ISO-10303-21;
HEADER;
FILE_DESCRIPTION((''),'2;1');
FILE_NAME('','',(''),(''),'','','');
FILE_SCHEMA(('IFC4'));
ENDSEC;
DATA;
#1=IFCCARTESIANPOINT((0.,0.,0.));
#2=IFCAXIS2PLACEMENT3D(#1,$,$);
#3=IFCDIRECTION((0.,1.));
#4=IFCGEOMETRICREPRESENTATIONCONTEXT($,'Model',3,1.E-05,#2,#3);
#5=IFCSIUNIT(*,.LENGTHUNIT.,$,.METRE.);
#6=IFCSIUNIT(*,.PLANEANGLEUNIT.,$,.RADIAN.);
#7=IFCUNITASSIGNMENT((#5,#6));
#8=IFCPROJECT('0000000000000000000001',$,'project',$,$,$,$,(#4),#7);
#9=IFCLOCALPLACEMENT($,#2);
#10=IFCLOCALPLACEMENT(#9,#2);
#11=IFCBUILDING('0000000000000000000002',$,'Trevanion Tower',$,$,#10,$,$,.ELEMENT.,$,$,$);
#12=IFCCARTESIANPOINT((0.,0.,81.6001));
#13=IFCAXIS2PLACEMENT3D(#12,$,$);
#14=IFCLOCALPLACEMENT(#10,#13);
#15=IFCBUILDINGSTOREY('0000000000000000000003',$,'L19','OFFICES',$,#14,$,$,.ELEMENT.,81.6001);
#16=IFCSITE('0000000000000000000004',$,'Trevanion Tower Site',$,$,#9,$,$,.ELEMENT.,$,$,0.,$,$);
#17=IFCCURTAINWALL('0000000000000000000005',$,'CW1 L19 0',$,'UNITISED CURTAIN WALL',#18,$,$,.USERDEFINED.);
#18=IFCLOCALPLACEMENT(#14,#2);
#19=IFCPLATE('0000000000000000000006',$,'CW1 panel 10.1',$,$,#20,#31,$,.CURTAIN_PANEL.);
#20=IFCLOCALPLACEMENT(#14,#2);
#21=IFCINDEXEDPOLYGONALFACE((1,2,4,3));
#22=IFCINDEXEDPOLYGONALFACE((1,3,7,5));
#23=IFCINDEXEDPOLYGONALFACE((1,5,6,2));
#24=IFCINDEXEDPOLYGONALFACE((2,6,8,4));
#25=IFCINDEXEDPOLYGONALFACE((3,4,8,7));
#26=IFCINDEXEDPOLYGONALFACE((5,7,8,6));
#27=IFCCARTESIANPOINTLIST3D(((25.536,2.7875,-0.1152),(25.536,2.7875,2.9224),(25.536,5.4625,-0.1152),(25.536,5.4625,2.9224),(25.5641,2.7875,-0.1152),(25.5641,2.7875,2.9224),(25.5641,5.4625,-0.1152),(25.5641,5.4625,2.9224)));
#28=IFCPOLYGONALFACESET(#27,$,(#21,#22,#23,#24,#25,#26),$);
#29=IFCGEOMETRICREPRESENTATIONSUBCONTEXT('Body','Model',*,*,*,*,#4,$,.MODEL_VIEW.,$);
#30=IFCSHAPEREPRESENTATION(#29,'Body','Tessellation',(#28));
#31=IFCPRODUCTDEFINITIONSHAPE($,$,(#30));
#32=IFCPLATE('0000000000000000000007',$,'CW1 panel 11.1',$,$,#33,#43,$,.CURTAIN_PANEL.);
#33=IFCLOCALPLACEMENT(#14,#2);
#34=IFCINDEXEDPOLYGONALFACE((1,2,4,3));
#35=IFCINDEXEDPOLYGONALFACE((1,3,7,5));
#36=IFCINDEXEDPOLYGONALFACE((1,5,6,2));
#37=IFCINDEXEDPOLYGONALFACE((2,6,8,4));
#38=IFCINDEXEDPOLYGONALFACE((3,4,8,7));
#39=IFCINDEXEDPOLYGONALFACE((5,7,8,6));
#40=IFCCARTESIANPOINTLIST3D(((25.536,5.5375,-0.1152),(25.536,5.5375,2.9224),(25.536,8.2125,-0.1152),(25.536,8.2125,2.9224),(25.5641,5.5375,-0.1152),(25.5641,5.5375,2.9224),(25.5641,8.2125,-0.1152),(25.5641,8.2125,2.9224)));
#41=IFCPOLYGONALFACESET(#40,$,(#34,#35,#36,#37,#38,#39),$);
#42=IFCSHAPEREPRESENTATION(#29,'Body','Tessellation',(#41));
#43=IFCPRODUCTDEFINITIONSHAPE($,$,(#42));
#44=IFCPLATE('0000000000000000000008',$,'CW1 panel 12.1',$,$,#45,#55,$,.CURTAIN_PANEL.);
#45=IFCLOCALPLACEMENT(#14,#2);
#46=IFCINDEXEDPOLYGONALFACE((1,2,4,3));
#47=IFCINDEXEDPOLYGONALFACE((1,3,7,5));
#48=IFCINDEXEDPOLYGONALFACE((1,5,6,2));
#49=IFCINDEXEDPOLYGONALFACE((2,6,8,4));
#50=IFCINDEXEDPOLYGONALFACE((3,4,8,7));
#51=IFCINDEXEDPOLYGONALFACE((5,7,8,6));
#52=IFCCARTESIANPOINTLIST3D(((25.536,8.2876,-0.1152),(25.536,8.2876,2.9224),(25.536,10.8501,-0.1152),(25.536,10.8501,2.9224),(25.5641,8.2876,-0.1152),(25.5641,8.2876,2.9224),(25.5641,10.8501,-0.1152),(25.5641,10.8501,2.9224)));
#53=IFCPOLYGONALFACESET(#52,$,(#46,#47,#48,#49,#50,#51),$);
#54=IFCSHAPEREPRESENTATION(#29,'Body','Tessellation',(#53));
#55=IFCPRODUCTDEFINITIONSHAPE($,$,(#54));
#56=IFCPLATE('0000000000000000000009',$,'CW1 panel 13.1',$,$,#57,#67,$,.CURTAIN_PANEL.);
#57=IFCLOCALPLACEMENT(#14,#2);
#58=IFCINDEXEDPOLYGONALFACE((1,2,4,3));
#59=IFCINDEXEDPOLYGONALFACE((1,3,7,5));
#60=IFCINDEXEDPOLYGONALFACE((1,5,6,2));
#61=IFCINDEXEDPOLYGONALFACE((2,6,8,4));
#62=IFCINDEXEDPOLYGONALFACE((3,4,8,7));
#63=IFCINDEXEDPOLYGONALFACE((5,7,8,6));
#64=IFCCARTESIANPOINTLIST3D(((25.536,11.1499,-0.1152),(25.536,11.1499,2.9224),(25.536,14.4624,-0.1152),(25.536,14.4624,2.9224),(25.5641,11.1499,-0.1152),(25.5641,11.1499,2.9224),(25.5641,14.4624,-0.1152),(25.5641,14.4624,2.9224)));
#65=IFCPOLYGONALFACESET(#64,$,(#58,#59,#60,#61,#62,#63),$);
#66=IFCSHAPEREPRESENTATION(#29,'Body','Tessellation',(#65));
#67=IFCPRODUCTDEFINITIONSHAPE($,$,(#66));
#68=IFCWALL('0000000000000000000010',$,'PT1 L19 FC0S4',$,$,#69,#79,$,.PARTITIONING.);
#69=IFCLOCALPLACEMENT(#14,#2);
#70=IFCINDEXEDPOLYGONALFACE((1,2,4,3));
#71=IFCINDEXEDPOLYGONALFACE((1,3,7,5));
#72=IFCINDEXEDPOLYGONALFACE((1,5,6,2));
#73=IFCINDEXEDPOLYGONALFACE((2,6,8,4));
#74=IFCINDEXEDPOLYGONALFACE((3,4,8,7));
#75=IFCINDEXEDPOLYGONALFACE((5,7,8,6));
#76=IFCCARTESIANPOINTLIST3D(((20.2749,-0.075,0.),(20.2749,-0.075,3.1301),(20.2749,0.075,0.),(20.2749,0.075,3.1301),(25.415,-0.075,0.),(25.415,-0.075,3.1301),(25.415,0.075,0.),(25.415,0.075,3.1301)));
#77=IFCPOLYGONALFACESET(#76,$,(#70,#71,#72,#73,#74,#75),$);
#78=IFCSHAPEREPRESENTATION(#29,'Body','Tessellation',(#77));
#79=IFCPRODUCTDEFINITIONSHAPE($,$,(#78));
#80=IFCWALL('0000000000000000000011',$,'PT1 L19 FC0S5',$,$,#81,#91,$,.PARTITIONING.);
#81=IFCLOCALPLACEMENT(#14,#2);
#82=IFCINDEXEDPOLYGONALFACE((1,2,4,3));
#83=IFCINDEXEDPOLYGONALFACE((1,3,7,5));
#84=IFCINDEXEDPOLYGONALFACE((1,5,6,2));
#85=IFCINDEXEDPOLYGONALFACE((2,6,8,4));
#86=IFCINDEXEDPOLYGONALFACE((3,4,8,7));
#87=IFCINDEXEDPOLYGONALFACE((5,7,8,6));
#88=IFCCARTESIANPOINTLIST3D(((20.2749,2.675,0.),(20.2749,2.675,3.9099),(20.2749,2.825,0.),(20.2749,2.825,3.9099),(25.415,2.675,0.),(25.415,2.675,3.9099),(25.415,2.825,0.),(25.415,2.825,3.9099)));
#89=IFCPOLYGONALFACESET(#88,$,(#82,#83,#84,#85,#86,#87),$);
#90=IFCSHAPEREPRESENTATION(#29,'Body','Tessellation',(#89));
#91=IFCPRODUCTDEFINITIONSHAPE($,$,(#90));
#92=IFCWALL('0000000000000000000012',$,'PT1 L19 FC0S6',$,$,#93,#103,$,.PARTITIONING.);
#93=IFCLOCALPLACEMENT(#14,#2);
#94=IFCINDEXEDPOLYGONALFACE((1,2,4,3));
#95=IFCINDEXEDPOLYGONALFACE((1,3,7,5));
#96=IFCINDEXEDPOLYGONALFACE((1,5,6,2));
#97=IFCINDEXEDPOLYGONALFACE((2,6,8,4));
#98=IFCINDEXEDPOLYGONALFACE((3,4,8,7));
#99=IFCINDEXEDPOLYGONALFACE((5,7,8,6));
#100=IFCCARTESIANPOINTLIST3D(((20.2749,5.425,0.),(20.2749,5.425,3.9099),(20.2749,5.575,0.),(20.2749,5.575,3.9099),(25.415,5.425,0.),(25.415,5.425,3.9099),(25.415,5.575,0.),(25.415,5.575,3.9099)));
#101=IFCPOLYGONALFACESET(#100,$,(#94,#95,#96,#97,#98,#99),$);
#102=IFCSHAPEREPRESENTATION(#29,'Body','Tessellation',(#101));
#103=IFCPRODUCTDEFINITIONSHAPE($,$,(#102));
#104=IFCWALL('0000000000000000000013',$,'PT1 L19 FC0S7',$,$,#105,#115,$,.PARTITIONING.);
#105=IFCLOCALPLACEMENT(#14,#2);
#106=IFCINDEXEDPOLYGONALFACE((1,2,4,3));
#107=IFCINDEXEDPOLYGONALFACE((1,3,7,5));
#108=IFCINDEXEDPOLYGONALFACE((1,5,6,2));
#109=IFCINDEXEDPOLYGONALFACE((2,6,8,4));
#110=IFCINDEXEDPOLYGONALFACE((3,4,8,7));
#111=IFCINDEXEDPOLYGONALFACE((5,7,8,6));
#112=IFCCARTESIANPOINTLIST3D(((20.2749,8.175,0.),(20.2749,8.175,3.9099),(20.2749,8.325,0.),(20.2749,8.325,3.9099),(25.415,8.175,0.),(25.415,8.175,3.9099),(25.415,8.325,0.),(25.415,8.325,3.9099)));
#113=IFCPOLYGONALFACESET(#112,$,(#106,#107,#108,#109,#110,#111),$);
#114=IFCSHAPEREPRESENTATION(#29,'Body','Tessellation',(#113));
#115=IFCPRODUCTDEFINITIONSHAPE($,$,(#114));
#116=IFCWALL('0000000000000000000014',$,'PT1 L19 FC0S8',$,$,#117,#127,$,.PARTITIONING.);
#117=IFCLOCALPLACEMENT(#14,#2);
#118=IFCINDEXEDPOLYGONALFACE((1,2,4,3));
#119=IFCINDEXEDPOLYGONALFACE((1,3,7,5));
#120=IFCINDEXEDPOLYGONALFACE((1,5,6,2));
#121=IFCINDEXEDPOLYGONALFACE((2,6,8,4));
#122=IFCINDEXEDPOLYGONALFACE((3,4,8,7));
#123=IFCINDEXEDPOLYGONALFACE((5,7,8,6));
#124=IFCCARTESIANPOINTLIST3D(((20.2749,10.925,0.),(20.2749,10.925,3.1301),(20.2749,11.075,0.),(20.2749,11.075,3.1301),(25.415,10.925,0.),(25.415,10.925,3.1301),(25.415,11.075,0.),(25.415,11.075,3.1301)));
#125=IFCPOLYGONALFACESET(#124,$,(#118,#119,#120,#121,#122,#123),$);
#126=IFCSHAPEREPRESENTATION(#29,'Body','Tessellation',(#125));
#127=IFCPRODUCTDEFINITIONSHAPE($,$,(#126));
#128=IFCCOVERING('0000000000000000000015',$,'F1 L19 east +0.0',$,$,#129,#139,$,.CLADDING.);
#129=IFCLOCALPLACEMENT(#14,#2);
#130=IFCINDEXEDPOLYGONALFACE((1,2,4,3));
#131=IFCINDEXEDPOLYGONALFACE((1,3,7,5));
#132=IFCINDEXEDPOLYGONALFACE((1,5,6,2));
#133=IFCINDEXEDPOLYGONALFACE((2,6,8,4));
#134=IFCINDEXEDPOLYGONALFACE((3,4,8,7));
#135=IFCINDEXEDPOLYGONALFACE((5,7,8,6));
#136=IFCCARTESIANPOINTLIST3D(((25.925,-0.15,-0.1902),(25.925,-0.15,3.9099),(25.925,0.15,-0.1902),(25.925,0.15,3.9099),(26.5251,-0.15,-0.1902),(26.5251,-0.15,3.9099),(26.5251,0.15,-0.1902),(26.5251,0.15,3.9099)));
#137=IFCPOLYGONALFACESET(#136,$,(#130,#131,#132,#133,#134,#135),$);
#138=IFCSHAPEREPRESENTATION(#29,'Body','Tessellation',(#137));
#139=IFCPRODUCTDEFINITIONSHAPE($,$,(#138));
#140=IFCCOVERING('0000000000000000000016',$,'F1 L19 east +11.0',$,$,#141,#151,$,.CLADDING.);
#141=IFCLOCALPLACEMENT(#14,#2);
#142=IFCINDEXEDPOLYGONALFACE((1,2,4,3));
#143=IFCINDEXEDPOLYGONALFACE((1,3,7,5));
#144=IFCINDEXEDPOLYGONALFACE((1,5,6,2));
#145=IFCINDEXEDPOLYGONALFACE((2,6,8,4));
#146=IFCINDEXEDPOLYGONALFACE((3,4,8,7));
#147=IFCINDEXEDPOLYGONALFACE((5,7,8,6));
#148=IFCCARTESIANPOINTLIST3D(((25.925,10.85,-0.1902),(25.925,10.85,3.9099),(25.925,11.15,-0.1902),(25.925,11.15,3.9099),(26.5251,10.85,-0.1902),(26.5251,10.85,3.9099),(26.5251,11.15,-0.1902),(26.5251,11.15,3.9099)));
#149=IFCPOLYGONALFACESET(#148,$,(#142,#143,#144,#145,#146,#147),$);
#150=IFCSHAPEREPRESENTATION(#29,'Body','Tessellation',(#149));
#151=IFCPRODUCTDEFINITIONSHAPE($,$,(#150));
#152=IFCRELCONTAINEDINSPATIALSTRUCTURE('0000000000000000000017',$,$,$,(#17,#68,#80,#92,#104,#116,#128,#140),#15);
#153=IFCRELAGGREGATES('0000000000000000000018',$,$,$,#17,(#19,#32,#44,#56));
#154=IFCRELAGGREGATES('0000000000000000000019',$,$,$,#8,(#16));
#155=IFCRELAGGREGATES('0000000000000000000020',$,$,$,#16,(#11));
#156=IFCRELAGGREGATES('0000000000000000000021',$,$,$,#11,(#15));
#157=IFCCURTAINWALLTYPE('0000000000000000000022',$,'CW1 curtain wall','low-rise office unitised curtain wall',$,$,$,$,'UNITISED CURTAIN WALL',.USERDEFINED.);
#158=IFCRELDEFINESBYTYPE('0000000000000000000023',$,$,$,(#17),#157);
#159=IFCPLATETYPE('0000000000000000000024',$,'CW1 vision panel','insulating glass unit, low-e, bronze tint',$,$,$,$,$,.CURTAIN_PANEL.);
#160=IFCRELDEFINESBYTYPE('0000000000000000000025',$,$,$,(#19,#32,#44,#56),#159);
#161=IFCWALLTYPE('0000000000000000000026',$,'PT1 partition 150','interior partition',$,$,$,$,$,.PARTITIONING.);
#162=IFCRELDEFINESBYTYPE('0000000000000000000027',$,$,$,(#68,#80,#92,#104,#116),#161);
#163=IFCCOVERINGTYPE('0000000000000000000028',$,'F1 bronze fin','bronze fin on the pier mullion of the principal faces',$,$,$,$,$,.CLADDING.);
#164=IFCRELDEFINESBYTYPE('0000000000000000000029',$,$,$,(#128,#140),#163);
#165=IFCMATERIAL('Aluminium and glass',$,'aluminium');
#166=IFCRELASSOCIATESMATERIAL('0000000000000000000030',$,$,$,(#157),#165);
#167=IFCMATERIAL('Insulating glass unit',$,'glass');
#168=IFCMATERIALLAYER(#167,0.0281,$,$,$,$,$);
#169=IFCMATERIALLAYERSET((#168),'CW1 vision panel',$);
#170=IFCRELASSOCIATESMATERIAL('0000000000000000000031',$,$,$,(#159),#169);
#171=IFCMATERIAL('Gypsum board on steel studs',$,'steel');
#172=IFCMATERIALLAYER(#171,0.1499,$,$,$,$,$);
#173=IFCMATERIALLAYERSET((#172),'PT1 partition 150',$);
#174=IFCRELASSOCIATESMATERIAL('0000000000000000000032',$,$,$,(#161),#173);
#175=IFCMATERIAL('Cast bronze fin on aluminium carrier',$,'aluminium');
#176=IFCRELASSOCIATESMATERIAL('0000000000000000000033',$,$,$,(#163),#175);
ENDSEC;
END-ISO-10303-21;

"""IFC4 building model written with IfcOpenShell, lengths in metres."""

from ifc_helpers import new_model, si_unit, direction, frame, frame_2d, origin, origin_2d, place, context, subcontext, project, spatial, rectangle, extrude, material, layer, layer_set, type_object, element, aggregate, save


model = new_model("IFC4")

# Units and contexts
model_context = context("Model", 3, precision=1e-05, world=origin(), true_north=direction((0.0, 1.0)))
body_context = subcontext(model_context, "Body", "Model", "MODEL_VIEW")
ifc_project = project(units=[si_unit("LENGTHUNIT", "METRE"), si_unit("PLANEANGLEUNIT", "RADIAN")], contexts=[model_context])

# Site, building, storey
site_placement = place(None, origin())
site = spatial("IfcSite", under=ifc_project, at=site_placement, Name="Trevanion Tower Site", CompositionType="ELEMENT", RefElevation=0.0)
building_placement = place(site_placement, origin())
building = spatial("IfcBuilding", under=site, at=building_placement, Name="Trevanion Tower", CompositionType="ELEMENT")
storey_placement = place(building_placement, frame((0.0, 0.0, 81.6001)))
storey = spatial("IfcBuildingStorey", under=building, at=storey_placement, Name="L19", Description="OFFICES", CompositionType="ELEMENT", Elevation=81.6001)

# Curtain wall
ifc_material_1 = material(Name="Aluminium and glass", Category="aluminium")
curtain_wall_type = type_object("IfcCurtainWallType", Name="CW1 curtain wall", Description="low-rise office unitised curtain wall", ElementType="UNITISED CURTAIN WALL", PredefinedType="USERDEFINED", material=ifc_material_1)
curtain_wall_placement = place(storey_placement, origin())
curtain_wall = element("IfcCurtainWall", 1, at=curtain_wall_placement, inside=storey, type_object=curtain_wall_type, Name="CW1 L19 0", ObjectType="UNITISED CURTAIN WALL", PredefinedType="USERDEFINED")

# Plates
ifc_material_2 = material(Name="Insulating glass unit", Category="glass")
ifc_layer_1 = layer(ifc_material_2, 0.0281)
ifc_layer_set_1 = layer_set([ifc_layer_1], Name="CW1 vision panel")
plate_type_1 = type_object("IfcPlateType", Name="CW1 vision panel", Description="insulating glass unit, low-e, bronze tint", PredefinedType="CURTAIN_PANEL", material=ifc_layer_set_1)
plate_1_placement = place(storey_placement, frame((25.55, 4.125, -0.1152), z_axis=(0.0, 0.0, 1.0), x_axis=(0.0, 1.0, 0.0)))
plate_1 = element("IfcPlate", 2, at=plate_1_placement, type_object=plate_type_1, Name="CW1 panel 10.1", PredefinedType="CURTAIN_PANEL", context=body_context, shape_type="SweptSolid", body=[
    extrude(rectangle(XDim=2.675, YDim=0.0281, at=origin_2d()), origin(), (0.0, 0.0, 1.0), 3.0376),
])
plate_2_placement = place(storey_placement, frame((25.55, 6.875, -0.1152), z_axis=(0.0, 0.0, 1.0), x_axis=(0.0, 1.0, 0.0)))
plate_2 = element("IfcPlate", 3, at=plate_2_placement, type_object=plate_type_1, Name="CW1 panel 11.1", PredefinedType="CURTAIN_PANEL", context=body_context, shape_type="SweptSolid", body=[
    extrude(rectangle(XDim=2.675, YDim=0.0281, at=origin_2d()), origin(), (0.0, 0.0, 1.0), 3.0376),
])
plate_3_placement = place(storey_placement, frame((25.55, 9.5688, -0.1152), z_axis=(0.0, 0.0, 1.0), x_axis=(0.0, 1.0, 0.0)))
plate_3 = element("IfcPlate", 4, at=plate_3_placement, type_object=plate_type_1, Name="CW1 panel 12.1", PredefinedType="CURTAIN_PANEL", context=body_context, shape_type="SweptSolid", body=[
    extrude(rectangle(XDim=2.5625, YDim=0.0281, at=origin_2d()), origin(), (0.0, 0.0, 1.0), 3.0376),
])
plate_4_placement = place(storey_placement, frame((25.55, 12.8062, -0.1152), z_axis=(0.0, 0.0, 1.0), x_axis=(0.0, 1.0, 0.0)))
plate_4 = element("IfcPlate", 5, at=plate_4_placement, type_object=plate_type_1, Name="CW1 panel 13.1", PredefinedType="CURTAIN_PANEL", context=body_context, shape_type="SweptSolid", body=[
    extrude(rectangle(XDim=3.3125, YDim=0.0281, at=origin_2d()), origin(), (0.0, 0.0, 1.0), 3.0376),
])
aggregate(curtain_wall, [plate_1, plate_2, plate_3, plate_4])

# Walls
ifc_material_3 = material(Name="Gypsum board on steel studs", Category="steel")
ifc_layer_2 = layer(ifc_material_3, 0.1499)
ifc_layer_set_2 = layer_set([ifc_layer_2], Name="PT1 partition 150")
wall_type = type_object("IfcWallType", Name="PT1 partition 150", Description="interior partition", PredefinedType="PARTITIONING", material=ifc_layer_set_2)
wall_1_placement = place(storey_placement, frame((20.2749, 0.0, 0.0), z_axis=(0.0, 0.0, 1.0), x_axis=(1.0, 0.0, 0.0)))
element("IfcWall", 6, at=wall_1_placement, inside=storey, type_object=wall_type, Name="PT1 L19 FC0S4", PredefinedType="PARTITIONING", context=body_context, shape_type="SweptSolid", body=[
    extrude(rectangle(XDim=5.1401, YDim=0.1499, at=frame_2d((2.5701, 0.0))), origin(), (0.0, 0.0, 1.0), 3.1301),
])
for number, where, z_axis, x_axis, name in (
    (7, (20.2749, 2.75, 0.0), (0.0, 0.0, 1.0), (1.0, 0.0, 0.0), "PT1 L19 FC0S5"),
    (8, (20.2749, 5.5, 0.0), (0.0, 0.0, 1.0), (1.0, 0.0, 0.0), "PT1 L19 FC0S6"),
    (9, (20.2749, 8.25, 0.0), (0.0, 0.0, 1.0), (1.0, 0.0, 0.0), "PT1 L19 FC0S7"),
):
    element("IfcWall", number, at=place(storey_placement, frame(where, z_axis=z_axis, x_axis=x_axis)), inside=storey, type_object=wall_type, Name=name, PredefinedType="PARTITIONING", context=body_context, shape_type="SweptSolid", body=[
        extrude(rectangle(XDim=5.1401, YDim=0.1499, at=frame_2d((2.5701, 0.0))), origin(), (0.0, 0.0, 1.0), 3.9099),
    ])
wall_2_placement = place(storey_placement, frame((20.2749, 11.0, 0.0), z_axis=(0.0, 0.0, 1.0), x_axis=(1.0, 0.0, 0.0)))
element("IfcWall", 10, at=wall_2_placement, inside=storey, type_object=wall_type, Name="PT1 L19 FC0S8", PredefinedType="PARTITIONING", context=body_context, shape_type="SweptSolid", body=[
    extrude(rectangle(XDim=5.1401, YDim=0.1499, at=frame_2d((2.5701, 0.0))), origin(), (0.0, 0.0, 1.0), 3.1301),
])

# Coverings
ifc_material_4 = material(Name="Cast bronze fin on aluminium carrier", Category="aluminium")
covering_type = type_object("IfcCoveringType", Name="F1 bronze fin", Description="bronze fin on the pier mullion of the principal faces", PredefinedType="CLADDING", material=ifc_material_4)
for number, where, z_axis, x_axis, name in (
    (11, (26.2251, 0.0, -0.1902), (0.0, 0.0, 1.0), (0.0, 1.0, 0.0), "F1 L19 east +0.0"),
    (12, (26.2251, 11.0, -0.1902), (0.0, 0.0, 1.0), (0.0, 1.0, 0.0), "F1 L19 east +11.0"),
):
    element("IfcCovering", number, at=place(storey_placement, frame(where, z_axis=z_axis, x_axis=x_axis)), inside=storey, type_object=covering_type, Name=name, PredefinedType="CLADDING", context=body_context, shape_type="SweptSolid", body=[
        extrude(rectangle(XDim=0.3, YDim=0.6001, at=origin_2d()), origin(), (0.0, 0.0, 1.0), 4.1001),
    ])

save(model, "model.ifc")
